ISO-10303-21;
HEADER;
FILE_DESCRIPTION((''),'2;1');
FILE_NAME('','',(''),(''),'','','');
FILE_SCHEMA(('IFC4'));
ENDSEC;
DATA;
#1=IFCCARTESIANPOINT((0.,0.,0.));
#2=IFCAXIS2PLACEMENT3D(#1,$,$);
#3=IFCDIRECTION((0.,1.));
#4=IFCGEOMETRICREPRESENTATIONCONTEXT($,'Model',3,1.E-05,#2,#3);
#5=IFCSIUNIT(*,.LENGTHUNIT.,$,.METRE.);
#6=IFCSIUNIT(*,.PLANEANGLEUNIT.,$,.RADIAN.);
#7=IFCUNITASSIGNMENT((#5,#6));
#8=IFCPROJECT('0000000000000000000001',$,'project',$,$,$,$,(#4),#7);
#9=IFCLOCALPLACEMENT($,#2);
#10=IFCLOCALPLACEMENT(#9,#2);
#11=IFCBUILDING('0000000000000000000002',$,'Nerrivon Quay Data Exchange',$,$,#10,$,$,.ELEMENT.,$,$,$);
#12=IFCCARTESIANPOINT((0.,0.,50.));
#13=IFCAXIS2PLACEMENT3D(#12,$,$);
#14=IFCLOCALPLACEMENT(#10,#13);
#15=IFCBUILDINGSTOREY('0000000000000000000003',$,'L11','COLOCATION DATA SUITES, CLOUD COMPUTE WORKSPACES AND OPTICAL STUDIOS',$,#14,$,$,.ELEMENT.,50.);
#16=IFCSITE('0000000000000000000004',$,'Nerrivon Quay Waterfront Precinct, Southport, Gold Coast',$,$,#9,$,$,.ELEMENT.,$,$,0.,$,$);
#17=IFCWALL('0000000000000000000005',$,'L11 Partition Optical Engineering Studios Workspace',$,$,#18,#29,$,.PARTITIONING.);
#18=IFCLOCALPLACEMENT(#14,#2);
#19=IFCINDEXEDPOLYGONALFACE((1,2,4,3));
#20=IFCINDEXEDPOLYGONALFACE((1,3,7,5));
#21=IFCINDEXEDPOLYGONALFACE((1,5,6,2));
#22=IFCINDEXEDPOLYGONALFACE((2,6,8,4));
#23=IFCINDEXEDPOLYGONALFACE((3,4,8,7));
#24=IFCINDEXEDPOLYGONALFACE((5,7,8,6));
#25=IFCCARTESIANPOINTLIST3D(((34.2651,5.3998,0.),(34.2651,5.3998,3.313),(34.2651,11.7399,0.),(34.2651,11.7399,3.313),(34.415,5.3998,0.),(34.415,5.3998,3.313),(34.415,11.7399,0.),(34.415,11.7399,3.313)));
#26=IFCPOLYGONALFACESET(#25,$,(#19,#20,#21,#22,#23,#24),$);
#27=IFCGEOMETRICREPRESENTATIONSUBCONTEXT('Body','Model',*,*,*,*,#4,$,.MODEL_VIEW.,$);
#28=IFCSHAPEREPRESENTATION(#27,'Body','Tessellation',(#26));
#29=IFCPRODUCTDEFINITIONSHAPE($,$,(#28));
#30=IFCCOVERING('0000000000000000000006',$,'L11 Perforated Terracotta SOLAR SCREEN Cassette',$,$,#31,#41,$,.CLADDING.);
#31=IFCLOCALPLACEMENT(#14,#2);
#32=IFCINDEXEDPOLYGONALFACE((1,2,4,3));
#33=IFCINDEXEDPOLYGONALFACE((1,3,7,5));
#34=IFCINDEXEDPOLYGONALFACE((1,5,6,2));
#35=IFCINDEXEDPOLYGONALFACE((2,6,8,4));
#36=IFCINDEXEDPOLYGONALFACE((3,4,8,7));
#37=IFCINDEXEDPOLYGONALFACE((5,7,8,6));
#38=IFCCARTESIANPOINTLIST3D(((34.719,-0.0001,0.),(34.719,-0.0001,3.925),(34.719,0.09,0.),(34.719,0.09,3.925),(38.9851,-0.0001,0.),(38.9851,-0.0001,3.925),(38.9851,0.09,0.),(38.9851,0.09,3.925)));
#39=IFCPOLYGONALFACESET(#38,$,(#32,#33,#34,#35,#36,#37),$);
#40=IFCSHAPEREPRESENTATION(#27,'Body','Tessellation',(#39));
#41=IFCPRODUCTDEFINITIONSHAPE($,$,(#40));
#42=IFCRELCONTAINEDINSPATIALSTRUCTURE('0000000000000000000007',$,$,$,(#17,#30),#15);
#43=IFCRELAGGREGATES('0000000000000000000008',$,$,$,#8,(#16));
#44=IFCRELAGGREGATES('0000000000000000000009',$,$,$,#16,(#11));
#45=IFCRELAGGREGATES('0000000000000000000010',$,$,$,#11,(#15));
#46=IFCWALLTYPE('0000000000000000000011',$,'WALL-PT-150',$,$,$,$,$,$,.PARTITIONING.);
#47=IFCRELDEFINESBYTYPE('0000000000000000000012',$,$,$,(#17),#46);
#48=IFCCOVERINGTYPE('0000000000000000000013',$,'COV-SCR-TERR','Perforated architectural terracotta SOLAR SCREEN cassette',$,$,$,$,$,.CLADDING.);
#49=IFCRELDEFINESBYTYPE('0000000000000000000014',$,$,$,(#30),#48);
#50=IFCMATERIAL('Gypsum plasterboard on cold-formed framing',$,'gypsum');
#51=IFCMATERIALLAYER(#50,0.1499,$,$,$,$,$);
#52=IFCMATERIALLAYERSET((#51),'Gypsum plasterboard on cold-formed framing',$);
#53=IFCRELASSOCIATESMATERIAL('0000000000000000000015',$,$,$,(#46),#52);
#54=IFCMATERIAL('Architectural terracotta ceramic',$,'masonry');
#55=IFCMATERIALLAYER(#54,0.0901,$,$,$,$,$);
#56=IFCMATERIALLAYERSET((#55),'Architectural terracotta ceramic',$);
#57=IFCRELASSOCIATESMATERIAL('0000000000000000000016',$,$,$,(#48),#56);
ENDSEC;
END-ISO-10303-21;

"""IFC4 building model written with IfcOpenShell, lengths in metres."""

from ifc_helpers import new_model, si_unit, direction, frame, frame_2d, origin, origin_2d, place, context, subcontext, project, spatial, rectangle, extrude, material, layer, layer_set, type_object, element, save


model = new_model("IFC4")

# Units and contexts
model_context = context("Model", 3, precision=1e-05, world=origin(), true_north=direction((0.0, 1.0)))
body_context = subcontext(model_context, "Body", "Model", "MODEL_VIEW")
ifc_project = project(units=[si_unit("LENGTHUNIT", "METRE"), si_unit("PLANEANGLEUNIT", "RADIAN")], contexts=[model_context])

# Site, building, storey
site_placement = place(None, origin())
site = spatial("IfcSite", under=ifc_project, at=site_placement, Name="Nerrivon Quay Waterfront Precinct, Southport, Gold Coast", CompositionType="ELEMENT", RefElevation=0.0)
building_placement = place(site_placement, origin())
building = spatial("IfcBuilding", under=site, at=building_placement, Name="Nerrivon Quay Data Exchange", CompositionType="ELEMENT")
storey_placement = place(building_placement, frame((0.0, 0.0, 50.0)))
storey = spatial("IfcBuildingStorey", under=building, at=storey_placement, Name="L11", Description="COLOCATION DATA SUITES, CLOUD COMPUTE WORKSPACES AND OPTICAL STUDIOS", CompositionType="ELEMENT", Elevation=50.0)

# Shared definitions
ifc_material_1 = material(Name="Gypsum plasterboard on cold-formed framing", Category="gypsum")

# Wall
ifc_layer_1 = layer(ifc_material_1, 0.1499)
ifc_layer_set_1 = layer_set([ifc_layer_1], Name="Gypsum plasterboard on cold-formed framing")
wall_type_1 = type_object("IfcWallType", Name="WALL-PT-150", PredefinedType="PARTITIONING", material=ifc_layer_set_1)
wall_1_placement = place(storey_placement, frame((34.3401, 5.3999, 0.0), z_axis=(0.0, 0.0, 1.0), x_axis=(0.0, 1.0, 0.0)))
element("IfcWall", 1, at=wall_1_placement, inside=storey, type_object=wall_type_1, Name="L11 Partition Optical Engineering Studios Workspace", PredefinedType="PARTITIONING", context=body_context, shape_type="SweptSolid", body=[
    extrude(rectangle(XDim=6.3401, YDim=0.1499, at=frame_2d((3.1699, 0.0))), origin(), (0.0, 0.0, 1.0), 3.313),
])

# Covering
ifc_material_2 = material(Name="Architectural terracotta ceramic", Category="masonry")
ifc_layer_2 = layer(ifc_material_2, 0.0901)
ifc_layer_set_2 = layer_set([ifc_layer_2], Name="Architectural terracotta ceramic")
covering_type = type_object("IfcCoveringType", Name="COV-SCR-TERR", Description="Perforated architectural terracotta SOLAR SCREEN cassette", PredefinedType="CLADDING", material=ifc_layer_set_2)
covering_placement = place(storey_placement, frame((36.8521, 0.0449, 0.0), z_axis=(0.0, 0.0, 1.0), x_axis=(-1.0, 0.0, 0.0)))
element("IfcCovering", 2, at=covering_placement, inside=storey, type_object=covering_type, Name="L11 Perforated Terracotta SOLAR SCREEN Cassette", PredefinedType="CLADDING", context=body_context, shape_type="SweptSolid", body=[
    extrude(rectangle(XDim=4.2661, YDim=0.0901, at=origin_2d()), origin(), (0.0, 0.0, 1.0), 3.925),
])

save(model, "model.ifc")
